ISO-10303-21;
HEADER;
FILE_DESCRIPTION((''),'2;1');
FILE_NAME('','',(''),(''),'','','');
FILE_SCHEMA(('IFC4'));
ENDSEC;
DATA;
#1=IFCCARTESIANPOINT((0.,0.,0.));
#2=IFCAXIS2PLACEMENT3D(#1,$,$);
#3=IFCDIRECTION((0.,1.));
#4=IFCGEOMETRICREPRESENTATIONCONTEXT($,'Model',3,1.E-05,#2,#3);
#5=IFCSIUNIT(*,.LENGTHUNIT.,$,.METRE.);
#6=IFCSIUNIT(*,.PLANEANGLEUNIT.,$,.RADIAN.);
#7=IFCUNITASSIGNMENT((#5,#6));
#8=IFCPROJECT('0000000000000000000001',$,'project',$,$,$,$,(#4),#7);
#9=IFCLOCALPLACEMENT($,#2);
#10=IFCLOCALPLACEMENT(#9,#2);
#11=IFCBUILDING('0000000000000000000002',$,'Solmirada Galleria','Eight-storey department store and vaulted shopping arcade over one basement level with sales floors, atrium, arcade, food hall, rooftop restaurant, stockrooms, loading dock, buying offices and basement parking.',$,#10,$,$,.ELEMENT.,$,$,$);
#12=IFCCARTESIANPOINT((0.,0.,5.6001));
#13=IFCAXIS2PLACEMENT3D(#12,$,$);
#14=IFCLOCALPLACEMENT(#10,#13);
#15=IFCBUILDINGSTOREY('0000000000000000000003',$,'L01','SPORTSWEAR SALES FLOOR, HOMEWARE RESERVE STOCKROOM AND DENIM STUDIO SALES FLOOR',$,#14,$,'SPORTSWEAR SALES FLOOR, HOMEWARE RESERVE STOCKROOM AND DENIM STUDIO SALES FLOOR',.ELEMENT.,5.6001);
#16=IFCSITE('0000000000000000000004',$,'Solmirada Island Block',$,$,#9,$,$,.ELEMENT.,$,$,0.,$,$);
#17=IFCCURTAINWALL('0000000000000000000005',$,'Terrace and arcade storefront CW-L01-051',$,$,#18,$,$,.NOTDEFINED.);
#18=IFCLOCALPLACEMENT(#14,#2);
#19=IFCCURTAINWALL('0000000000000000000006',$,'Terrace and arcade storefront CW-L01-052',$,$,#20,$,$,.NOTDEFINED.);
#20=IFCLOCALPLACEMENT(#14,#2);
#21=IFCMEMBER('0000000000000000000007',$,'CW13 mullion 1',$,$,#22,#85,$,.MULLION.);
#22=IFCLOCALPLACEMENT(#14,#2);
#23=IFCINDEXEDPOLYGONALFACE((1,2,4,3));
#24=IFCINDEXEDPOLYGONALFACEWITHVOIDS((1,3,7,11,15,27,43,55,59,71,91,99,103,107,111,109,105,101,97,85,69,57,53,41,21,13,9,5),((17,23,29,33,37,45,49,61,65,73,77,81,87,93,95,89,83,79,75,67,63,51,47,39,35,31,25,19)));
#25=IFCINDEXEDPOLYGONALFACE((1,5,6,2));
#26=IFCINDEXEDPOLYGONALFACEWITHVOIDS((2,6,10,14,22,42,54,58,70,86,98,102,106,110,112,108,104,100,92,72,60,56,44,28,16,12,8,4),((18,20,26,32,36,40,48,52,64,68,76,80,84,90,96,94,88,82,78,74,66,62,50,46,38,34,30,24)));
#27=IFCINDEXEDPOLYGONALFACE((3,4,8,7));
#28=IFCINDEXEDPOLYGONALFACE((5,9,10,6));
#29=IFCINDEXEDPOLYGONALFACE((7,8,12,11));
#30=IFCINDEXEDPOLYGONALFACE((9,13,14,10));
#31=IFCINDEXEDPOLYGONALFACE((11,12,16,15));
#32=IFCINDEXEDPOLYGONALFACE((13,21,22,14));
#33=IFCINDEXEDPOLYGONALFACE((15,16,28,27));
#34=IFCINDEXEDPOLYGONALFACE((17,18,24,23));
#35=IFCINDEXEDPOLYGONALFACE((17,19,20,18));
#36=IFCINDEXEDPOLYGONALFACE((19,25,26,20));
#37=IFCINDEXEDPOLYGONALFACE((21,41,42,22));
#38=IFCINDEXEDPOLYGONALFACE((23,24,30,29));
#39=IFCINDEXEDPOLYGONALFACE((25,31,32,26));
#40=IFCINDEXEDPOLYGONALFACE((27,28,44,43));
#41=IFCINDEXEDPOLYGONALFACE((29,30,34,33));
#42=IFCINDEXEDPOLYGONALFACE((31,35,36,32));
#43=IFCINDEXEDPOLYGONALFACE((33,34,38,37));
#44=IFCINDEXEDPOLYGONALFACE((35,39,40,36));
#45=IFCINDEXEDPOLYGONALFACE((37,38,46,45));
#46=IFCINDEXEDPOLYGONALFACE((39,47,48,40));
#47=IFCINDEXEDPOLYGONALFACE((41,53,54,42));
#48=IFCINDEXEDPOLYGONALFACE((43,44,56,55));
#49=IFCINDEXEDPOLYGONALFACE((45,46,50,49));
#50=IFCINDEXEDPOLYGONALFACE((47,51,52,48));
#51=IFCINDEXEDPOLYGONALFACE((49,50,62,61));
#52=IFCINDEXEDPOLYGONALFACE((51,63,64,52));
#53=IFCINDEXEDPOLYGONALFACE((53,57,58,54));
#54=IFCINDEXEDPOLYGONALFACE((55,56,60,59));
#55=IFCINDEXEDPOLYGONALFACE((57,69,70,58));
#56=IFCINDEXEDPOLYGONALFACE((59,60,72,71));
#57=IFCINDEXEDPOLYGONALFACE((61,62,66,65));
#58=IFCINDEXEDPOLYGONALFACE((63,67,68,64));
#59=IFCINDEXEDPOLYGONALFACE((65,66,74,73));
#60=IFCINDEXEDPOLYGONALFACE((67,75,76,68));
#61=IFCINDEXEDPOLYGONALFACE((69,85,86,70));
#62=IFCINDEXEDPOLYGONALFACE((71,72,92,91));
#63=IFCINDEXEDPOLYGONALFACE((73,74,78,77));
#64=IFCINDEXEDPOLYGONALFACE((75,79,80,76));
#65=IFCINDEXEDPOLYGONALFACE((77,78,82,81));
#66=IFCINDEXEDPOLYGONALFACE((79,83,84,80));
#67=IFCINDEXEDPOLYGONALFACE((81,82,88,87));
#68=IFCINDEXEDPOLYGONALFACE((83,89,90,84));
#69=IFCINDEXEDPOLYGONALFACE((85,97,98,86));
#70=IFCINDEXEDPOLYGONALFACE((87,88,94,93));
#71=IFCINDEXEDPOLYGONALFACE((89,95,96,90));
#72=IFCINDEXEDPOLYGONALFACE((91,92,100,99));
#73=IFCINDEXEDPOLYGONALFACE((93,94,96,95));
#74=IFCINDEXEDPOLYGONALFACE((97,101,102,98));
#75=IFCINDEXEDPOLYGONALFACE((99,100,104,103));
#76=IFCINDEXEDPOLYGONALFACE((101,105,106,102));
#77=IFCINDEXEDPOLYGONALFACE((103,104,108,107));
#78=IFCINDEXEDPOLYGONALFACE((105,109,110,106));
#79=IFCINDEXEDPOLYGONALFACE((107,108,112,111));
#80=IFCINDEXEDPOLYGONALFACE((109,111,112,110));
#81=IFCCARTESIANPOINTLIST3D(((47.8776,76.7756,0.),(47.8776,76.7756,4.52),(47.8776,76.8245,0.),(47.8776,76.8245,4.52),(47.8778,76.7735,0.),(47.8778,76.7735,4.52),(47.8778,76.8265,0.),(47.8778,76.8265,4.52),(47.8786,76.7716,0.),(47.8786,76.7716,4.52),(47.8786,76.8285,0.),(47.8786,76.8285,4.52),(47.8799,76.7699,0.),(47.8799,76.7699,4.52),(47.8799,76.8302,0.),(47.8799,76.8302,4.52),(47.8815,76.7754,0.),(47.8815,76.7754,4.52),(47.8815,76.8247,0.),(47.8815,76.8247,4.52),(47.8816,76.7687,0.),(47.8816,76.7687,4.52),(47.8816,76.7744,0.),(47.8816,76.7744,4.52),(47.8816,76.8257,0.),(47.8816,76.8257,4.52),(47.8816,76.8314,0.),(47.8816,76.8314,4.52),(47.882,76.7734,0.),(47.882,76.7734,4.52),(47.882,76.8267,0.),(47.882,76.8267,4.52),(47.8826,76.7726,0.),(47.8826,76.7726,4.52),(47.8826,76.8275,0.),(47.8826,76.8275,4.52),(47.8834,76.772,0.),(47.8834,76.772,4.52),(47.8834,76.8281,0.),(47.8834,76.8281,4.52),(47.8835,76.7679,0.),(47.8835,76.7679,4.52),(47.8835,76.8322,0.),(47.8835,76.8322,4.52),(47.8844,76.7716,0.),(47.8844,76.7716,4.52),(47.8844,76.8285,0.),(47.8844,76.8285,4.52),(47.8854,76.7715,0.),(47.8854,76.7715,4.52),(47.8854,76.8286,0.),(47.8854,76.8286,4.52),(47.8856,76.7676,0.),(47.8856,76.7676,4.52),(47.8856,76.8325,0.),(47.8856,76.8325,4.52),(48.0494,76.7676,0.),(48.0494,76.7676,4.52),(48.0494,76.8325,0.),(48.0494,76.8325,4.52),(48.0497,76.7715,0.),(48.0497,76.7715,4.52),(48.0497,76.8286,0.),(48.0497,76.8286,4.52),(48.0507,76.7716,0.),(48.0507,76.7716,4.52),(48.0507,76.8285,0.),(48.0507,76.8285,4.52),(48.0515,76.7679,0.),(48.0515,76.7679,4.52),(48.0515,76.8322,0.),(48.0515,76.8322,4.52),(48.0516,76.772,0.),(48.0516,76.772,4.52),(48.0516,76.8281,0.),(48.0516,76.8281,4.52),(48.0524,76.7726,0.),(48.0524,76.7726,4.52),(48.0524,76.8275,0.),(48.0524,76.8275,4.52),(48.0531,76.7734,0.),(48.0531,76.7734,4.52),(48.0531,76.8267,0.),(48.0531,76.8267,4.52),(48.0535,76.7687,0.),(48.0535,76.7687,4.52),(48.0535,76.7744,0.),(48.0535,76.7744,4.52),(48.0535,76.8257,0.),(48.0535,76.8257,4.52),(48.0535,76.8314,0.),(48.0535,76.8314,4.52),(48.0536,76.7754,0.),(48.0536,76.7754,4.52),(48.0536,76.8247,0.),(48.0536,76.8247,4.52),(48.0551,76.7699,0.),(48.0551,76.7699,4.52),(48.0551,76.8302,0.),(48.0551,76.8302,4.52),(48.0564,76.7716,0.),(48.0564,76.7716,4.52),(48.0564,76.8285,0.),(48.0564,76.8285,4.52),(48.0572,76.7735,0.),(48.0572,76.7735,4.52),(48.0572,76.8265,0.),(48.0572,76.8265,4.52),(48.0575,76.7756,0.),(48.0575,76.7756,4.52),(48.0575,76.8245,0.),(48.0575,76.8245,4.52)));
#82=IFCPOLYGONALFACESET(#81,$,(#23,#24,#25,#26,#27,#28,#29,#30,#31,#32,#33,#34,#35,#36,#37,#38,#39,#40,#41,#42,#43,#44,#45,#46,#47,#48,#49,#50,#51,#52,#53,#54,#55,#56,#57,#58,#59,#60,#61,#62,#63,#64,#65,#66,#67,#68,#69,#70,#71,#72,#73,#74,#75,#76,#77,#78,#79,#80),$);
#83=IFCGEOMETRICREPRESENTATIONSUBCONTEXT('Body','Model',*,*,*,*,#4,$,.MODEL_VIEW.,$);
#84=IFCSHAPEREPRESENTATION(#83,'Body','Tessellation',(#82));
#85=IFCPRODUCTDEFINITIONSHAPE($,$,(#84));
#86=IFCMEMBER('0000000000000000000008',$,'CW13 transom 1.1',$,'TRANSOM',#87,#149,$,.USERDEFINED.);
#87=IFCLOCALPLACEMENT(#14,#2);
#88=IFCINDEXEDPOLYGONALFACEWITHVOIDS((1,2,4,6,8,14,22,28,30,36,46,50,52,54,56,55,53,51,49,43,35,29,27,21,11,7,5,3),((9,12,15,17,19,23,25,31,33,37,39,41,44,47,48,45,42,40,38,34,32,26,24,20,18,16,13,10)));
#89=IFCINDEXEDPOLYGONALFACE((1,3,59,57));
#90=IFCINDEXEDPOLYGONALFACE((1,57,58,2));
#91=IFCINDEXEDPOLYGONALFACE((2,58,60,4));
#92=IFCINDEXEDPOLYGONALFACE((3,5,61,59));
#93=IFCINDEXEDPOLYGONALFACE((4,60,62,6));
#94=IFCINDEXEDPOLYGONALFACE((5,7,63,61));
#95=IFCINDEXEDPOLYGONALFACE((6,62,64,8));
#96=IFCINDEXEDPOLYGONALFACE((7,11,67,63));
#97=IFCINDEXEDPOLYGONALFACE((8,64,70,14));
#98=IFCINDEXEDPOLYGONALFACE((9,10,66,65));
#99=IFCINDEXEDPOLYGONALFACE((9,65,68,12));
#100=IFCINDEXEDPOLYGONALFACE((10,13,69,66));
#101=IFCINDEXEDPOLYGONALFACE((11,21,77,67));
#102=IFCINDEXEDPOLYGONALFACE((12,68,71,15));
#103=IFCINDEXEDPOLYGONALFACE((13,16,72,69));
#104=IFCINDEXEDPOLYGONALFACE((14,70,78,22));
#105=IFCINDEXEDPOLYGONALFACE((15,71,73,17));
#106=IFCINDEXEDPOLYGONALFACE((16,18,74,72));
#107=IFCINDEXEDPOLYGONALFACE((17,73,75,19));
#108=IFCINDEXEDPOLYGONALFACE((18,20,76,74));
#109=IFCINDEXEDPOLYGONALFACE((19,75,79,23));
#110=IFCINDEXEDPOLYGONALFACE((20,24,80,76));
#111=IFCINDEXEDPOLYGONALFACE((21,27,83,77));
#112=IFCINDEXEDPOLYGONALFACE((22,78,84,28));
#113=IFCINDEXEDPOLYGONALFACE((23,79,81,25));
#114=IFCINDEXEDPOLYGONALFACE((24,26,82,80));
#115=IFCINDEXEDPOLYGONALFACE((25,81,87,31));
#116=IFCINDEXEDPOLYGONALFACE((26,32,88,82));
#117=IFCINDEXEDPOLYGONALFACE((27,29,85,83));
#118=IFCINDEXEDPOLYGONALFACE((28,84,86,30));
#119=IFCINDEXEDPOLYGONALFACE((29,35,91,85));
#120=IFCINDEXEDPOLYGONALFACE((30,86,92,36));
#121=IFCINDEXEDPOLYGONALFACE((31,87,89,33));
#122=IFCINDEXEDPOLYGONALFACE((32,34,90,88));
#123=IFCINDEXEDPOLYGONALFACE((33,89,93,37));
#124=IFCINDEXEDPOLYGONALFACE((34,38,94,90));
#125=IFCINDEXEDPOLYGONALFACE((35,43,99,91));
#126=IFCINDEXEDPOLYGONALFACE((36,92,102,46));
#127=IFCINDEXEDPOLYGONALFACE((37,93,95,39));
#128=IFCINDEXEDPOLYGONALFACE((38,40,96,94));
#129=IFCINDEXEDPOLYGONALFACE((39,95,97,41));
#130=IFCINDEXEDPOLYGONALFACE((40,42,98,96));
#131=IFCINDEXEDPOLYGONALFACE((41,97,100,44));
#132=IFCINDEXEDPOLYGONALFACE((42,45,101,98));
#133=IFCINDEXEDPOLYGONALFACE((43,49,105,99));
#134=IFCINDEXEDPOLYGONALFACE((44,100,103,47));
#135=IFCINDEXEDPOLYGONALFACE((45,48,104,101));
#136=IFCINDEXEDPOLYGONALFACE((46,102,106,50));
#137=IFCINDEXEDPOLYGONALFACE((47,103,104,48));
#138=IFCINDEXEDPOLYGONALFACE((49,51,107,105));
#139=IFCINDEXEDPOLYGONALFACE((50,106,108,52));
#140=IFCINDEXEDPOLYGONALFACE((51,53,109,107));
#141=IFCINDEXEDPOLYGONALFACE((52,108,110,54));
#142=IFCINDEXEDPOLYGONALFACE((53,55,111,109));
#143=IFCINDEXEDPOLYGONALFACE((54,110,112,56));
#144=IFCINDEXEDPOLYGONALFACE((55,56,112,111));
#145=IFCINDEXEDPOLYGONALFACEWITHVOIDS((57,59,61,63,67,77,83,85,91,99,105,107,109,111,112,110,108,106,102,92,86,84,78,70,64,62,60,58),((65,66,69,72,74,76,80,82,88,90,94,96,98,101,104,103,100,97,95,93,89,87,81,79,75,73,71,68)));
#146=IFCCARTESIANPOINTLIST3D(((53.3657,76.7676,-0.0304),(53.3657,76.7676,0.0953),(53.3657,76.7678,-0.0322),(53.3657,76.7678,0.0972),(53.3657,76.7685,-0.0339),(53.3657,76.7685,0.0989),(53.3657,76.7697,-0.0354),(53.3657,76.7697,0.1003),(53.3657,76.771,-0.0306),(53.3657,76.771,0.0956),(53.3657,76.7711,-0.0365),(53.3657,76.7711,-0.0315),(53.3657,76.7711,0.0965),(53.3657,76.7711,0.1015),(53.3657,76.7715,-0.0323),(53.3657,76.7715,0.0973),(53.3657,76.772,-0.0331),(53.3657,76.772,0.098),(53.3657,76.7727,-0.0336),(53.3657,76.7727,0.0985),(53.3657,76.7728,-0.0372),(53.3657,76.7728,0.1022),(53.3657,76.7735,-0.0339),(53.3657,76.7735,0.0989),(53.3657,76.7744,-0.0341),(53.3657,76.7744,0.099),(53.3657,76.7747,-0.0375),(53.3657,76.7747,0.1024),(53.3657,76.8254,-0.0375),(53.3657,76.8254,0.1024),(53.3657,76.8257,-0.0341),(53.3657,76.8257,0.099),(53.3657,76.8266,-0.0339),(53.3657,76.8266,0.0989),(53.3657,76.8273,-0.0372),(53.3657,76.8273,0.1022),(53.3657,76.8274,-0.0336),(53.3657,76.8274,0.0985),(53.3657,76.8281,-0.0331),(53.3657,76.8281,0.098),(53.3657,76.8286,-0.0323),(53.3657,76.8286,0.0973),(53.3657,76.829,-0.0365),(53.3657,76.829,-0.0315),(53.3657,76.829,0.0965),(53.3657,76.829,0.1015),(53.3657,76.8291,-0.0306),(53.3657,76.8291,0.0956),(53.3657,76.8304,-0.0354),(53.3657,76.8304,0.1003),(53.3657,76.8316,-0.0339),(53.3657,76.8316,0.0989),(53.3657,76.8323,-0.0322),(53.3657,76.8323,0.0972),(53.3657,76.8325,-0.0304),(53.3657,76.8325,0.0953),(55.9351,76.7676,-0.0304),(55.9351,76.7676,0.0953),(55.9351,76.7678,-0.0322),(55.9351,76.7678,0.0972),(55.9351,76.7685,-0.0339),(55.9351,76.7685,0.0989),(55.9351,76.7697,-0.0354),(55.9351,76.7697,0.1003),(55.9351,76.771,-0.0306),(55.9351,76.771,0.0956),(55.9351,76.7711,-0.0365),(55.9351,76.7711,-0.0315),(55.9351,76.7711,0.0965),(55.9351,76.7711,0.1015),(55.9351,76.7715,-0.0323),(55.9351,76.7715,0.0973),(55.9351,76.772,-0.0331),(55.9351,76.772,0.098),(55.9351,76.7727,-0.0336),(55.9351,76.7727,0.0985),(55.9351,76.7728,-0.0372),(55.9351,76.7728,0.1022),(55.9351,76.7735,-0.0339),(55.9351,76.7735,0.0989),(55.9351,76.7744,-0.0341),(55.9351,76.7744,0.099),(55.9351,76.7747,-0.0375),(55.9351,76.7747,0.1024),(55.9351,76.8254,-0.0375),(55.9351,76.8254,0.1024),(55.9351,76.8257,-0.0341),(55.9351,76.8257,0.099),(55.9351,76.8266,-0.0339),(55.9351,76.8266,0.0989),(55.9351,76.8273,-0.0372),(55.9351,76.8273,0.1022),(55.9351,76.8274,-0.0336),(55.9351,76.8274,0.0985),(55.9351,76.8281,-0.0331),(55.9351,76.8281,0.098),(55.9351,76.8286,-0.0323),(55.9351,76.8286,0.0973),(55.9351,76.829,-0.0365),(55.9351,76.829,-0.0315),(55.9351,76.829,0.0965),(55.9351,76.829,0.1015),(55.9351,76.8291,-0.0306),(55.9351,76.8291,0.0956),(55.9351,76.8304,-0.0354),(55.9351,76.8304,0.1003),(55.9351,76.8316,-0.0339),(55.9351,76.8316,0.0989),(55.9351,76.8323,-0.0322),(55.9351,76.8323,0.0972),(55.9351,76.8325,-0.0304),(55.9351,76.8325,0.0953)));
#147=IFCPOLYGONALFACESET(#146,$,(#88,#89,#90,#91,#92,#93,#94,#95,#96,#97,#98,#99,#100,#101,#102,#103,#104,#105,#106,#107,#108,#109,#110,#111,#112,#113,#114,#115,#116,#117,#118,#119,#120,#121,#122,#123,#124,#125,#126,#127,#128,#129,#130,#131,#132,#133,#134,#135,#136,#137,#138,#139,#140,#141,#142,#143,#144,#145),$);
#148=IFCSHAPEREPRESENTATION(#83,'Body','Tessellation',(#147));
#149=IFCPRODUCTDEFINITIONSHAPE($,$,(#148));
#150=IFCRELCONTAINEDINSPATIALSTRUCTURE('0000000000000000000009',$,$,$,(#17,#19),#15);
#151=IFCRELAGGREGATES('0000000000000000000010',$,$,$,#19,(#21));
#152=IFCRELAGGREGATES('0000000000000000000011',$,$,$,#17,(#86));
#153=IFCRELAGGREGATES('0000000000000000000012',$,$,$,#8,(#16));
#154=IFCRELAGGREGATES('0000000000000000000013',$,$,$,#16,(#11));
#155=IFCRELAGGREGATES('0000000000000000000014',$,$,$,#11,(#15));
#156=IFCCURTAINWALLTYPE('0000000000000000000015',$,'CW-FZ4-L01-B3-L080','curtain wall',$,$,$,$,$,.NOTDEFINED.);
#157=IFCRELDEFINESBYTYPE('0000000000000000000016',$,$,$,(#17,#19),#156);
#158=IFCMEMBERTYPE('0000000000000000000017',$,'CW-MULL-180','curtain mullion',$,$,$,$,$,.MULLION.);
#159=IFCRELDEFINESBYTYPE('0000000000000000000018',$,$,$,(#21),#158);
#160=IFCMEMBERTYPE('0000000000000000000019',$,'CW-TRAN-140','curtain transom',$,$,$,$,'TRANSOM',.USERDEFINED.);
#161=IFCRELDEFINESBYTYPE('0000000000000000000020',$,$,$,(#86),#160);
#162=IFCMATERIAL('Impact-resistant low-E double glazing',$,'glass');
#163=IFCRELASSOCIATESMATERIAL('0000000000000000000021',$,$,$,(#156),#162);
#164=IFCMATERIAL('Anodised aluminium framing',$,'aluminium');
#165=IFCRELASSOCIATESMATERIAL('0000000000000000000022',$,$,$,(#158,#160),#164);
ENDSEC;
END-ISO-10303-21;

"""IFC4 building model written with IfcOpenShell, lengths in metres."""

from ifc_helpers import new_model, si_unit, direction, frame, origin, origin_2d, place, context, subcontext, project, spatial, hollow_rectangle, extrude, material, material_profile, profile_set, type_object, element, aggregate, save


model = new_model("IFC4")

# Units and contexts
model_context = context("Model", 3, precision=1e-05, world=origin(), true_north=direction((0.0, 1.0)))
body_context = subcontext(model_context, "Body", "Model", "MODEL_VIEW")
ifc_project = project(units=[si_unit("LENGTHUNIT", "METRE"), si_unit("PLANEANGLEUNIT", "RADIAN")], contexts=[model_context])

# Site, building, storey
site_placement = place(None, origin())
site = spatial("IfcSite", under=ifc_project, at=site_placement, Name="Solmirada Island Block", CompositionType="ELEMENT", RefElevation=0.0)
building_placement = place(site_placement, origin())
building = spatial("IfcBuilding", under=site, at=building_placement, Name="Solmirada Galleria", Description="Eight-storey department store and vaulted shopping arcade over one basement level with sales floors, atrium, arcade, food hall, rooftop restaurant, stockrooms, loading dock, buying offices and basement parking.", CompositionType="ELEMENT")
storey_placement = place(building_placement, frame((0.0, 0.0, 5.6001)))
storey = spatial("IfcBuildingStorey", under=building, at=storey_placement, Name="L01", Description="SPORTSWEAR SALES FLOOR, HOMEWARE RESERVE STOCKROOM AND DENIM STUDIO SALES FLOOR", LongName="SPORTSWEAR SALES FLOOR, HOMEWARE RESERVE STOCKROOM AND DENIM STUDIO SALES FLOOR", CompositionType="ELEMENT", Elevation=5.6001)

# Curtain wall
ifc_material_1 = material(Name="Impact-resistant low-E double glazing", Category="glass")
curtain_wall_type = type_object("IfcCurtainWallType", Name="CW-FZ4-L01-B3-L080", Description="curtain wall", PredefinedType="NOTDEFINED", material=ifc_material_1)
curtain_wall_1_placement = place(storey_placement, origin())
curtain_wall_1 = element("IfcCurtainWall", 1, at=curtain_wall_1_placement, inside=storey, type_object=curtain_wall_type, Name="Terrace and arcade storefront CW-L01-051", PredefinedType="NOTDEFINED")
ifc_material_2 = material(Name="Anodised aluminium framing", Category="aluminium")
ifc_material_profile_1 = material_profile(ifc_material_2, hollow_rectangle(XDim=0.0649, YDim=0.1799, WallThickness=0.0039, InnerFilletRadius=0.0039, OuterFilletRadius=0.0081, at=origin_2d()), Name="ALU-MULL-180X65")
ifc_profile_set_1 = profile_set([ifc_material_profile_1], Name="Anodised aluminium framing")
member_type_1 = type_object("IfcMemberType", Name="CW-MULL-180", Description="curtain mullion", PredefinedType="MULLION", material=ifc_profile_set_1)

# Curtain wall, member
curtain_wall_2_placement = place(storey_placement, origin())
curtain_wall_2 = element("IfcCurtainWall", 2, at=curtain_wall_2_placement, inside=storey, type_object=curtain_wall_type, Name="Terrace and arcade storefront CW-L01-052", PredefinedType="NOTDEFINED")
member_1_placement = place(storey_placement, frame((47.9675, 76.8, 0.0), z_axis=(0.0, 0.0, 1.0), x_axis=(0.0, -1.0, 0.0)))
member_1 = element("IfcMember", 3, at=member_1_placement, type_object=member_type_1, Name="CW13 mullion 1", PredefinedType="MULLION", context=body_context, shape_type="SweptSolid", body=[
    extrude(hollow_rectangle(XDim=0.0649, YDim=0.1799, WallThickness=0.0039, InnerFilletRadius=0.0039, OuterFilletRadius=0.0081, at=origin_2d()), origin(), (0.0, 0.0, 1.0), 4.52),
])

# Member
ifc_material_profile_2 = material_profile(ifc_material_2, hollow_rectangle(XDim=0.0649, YDim=0.1399, WallThickness=0.0034, InnerFilletRadius=0.0034, OuterFilletRadius=0.0071, at=origin_2d()), Name="ALU-TRAN-140X65")
ifc_profile_set_2 = profile_set([ifc_material_profile_2], Name="Anodised aluminium framing")
member_type_2 = type_object("IfcMemberType", Name="CW-TRAN-140", Description="curtain transom", ElementType="TRANSOM", PredefinedType="USERDEFINED", material=ifc_profile_set_2)
member_2_placement = place(storey_placement, frame((55.9351, 76.8, 0.0325), z_axis=(-1.0, 0.0, 0.0), x_axis=(0.0, -1.0, 0.0)))
member_2 = element("IfcMember", 4, at=member_2_placement, type_object=member_type_2, Name="CW13 transom 1.1", ObjectType="TRANSOM", PredefinedType="USERDEFINED", context=body_context, shape_type="SweptSolid", body=[
    extrude(hollow_rectangle(XDim=0.0649, YDim=0.1399, WallThickness=0.0034, InnerFilletRadius=0.0034, OuterFilletRadius=0.0071, at=origin_2d()), origin(), (0.0, 0.0, 1.0), 2.5693),
])
aggregate(curtain_wall_2, [member_1])

aggregate(curtain_wall_1, [member_2])

save(model, "model.ifc")
